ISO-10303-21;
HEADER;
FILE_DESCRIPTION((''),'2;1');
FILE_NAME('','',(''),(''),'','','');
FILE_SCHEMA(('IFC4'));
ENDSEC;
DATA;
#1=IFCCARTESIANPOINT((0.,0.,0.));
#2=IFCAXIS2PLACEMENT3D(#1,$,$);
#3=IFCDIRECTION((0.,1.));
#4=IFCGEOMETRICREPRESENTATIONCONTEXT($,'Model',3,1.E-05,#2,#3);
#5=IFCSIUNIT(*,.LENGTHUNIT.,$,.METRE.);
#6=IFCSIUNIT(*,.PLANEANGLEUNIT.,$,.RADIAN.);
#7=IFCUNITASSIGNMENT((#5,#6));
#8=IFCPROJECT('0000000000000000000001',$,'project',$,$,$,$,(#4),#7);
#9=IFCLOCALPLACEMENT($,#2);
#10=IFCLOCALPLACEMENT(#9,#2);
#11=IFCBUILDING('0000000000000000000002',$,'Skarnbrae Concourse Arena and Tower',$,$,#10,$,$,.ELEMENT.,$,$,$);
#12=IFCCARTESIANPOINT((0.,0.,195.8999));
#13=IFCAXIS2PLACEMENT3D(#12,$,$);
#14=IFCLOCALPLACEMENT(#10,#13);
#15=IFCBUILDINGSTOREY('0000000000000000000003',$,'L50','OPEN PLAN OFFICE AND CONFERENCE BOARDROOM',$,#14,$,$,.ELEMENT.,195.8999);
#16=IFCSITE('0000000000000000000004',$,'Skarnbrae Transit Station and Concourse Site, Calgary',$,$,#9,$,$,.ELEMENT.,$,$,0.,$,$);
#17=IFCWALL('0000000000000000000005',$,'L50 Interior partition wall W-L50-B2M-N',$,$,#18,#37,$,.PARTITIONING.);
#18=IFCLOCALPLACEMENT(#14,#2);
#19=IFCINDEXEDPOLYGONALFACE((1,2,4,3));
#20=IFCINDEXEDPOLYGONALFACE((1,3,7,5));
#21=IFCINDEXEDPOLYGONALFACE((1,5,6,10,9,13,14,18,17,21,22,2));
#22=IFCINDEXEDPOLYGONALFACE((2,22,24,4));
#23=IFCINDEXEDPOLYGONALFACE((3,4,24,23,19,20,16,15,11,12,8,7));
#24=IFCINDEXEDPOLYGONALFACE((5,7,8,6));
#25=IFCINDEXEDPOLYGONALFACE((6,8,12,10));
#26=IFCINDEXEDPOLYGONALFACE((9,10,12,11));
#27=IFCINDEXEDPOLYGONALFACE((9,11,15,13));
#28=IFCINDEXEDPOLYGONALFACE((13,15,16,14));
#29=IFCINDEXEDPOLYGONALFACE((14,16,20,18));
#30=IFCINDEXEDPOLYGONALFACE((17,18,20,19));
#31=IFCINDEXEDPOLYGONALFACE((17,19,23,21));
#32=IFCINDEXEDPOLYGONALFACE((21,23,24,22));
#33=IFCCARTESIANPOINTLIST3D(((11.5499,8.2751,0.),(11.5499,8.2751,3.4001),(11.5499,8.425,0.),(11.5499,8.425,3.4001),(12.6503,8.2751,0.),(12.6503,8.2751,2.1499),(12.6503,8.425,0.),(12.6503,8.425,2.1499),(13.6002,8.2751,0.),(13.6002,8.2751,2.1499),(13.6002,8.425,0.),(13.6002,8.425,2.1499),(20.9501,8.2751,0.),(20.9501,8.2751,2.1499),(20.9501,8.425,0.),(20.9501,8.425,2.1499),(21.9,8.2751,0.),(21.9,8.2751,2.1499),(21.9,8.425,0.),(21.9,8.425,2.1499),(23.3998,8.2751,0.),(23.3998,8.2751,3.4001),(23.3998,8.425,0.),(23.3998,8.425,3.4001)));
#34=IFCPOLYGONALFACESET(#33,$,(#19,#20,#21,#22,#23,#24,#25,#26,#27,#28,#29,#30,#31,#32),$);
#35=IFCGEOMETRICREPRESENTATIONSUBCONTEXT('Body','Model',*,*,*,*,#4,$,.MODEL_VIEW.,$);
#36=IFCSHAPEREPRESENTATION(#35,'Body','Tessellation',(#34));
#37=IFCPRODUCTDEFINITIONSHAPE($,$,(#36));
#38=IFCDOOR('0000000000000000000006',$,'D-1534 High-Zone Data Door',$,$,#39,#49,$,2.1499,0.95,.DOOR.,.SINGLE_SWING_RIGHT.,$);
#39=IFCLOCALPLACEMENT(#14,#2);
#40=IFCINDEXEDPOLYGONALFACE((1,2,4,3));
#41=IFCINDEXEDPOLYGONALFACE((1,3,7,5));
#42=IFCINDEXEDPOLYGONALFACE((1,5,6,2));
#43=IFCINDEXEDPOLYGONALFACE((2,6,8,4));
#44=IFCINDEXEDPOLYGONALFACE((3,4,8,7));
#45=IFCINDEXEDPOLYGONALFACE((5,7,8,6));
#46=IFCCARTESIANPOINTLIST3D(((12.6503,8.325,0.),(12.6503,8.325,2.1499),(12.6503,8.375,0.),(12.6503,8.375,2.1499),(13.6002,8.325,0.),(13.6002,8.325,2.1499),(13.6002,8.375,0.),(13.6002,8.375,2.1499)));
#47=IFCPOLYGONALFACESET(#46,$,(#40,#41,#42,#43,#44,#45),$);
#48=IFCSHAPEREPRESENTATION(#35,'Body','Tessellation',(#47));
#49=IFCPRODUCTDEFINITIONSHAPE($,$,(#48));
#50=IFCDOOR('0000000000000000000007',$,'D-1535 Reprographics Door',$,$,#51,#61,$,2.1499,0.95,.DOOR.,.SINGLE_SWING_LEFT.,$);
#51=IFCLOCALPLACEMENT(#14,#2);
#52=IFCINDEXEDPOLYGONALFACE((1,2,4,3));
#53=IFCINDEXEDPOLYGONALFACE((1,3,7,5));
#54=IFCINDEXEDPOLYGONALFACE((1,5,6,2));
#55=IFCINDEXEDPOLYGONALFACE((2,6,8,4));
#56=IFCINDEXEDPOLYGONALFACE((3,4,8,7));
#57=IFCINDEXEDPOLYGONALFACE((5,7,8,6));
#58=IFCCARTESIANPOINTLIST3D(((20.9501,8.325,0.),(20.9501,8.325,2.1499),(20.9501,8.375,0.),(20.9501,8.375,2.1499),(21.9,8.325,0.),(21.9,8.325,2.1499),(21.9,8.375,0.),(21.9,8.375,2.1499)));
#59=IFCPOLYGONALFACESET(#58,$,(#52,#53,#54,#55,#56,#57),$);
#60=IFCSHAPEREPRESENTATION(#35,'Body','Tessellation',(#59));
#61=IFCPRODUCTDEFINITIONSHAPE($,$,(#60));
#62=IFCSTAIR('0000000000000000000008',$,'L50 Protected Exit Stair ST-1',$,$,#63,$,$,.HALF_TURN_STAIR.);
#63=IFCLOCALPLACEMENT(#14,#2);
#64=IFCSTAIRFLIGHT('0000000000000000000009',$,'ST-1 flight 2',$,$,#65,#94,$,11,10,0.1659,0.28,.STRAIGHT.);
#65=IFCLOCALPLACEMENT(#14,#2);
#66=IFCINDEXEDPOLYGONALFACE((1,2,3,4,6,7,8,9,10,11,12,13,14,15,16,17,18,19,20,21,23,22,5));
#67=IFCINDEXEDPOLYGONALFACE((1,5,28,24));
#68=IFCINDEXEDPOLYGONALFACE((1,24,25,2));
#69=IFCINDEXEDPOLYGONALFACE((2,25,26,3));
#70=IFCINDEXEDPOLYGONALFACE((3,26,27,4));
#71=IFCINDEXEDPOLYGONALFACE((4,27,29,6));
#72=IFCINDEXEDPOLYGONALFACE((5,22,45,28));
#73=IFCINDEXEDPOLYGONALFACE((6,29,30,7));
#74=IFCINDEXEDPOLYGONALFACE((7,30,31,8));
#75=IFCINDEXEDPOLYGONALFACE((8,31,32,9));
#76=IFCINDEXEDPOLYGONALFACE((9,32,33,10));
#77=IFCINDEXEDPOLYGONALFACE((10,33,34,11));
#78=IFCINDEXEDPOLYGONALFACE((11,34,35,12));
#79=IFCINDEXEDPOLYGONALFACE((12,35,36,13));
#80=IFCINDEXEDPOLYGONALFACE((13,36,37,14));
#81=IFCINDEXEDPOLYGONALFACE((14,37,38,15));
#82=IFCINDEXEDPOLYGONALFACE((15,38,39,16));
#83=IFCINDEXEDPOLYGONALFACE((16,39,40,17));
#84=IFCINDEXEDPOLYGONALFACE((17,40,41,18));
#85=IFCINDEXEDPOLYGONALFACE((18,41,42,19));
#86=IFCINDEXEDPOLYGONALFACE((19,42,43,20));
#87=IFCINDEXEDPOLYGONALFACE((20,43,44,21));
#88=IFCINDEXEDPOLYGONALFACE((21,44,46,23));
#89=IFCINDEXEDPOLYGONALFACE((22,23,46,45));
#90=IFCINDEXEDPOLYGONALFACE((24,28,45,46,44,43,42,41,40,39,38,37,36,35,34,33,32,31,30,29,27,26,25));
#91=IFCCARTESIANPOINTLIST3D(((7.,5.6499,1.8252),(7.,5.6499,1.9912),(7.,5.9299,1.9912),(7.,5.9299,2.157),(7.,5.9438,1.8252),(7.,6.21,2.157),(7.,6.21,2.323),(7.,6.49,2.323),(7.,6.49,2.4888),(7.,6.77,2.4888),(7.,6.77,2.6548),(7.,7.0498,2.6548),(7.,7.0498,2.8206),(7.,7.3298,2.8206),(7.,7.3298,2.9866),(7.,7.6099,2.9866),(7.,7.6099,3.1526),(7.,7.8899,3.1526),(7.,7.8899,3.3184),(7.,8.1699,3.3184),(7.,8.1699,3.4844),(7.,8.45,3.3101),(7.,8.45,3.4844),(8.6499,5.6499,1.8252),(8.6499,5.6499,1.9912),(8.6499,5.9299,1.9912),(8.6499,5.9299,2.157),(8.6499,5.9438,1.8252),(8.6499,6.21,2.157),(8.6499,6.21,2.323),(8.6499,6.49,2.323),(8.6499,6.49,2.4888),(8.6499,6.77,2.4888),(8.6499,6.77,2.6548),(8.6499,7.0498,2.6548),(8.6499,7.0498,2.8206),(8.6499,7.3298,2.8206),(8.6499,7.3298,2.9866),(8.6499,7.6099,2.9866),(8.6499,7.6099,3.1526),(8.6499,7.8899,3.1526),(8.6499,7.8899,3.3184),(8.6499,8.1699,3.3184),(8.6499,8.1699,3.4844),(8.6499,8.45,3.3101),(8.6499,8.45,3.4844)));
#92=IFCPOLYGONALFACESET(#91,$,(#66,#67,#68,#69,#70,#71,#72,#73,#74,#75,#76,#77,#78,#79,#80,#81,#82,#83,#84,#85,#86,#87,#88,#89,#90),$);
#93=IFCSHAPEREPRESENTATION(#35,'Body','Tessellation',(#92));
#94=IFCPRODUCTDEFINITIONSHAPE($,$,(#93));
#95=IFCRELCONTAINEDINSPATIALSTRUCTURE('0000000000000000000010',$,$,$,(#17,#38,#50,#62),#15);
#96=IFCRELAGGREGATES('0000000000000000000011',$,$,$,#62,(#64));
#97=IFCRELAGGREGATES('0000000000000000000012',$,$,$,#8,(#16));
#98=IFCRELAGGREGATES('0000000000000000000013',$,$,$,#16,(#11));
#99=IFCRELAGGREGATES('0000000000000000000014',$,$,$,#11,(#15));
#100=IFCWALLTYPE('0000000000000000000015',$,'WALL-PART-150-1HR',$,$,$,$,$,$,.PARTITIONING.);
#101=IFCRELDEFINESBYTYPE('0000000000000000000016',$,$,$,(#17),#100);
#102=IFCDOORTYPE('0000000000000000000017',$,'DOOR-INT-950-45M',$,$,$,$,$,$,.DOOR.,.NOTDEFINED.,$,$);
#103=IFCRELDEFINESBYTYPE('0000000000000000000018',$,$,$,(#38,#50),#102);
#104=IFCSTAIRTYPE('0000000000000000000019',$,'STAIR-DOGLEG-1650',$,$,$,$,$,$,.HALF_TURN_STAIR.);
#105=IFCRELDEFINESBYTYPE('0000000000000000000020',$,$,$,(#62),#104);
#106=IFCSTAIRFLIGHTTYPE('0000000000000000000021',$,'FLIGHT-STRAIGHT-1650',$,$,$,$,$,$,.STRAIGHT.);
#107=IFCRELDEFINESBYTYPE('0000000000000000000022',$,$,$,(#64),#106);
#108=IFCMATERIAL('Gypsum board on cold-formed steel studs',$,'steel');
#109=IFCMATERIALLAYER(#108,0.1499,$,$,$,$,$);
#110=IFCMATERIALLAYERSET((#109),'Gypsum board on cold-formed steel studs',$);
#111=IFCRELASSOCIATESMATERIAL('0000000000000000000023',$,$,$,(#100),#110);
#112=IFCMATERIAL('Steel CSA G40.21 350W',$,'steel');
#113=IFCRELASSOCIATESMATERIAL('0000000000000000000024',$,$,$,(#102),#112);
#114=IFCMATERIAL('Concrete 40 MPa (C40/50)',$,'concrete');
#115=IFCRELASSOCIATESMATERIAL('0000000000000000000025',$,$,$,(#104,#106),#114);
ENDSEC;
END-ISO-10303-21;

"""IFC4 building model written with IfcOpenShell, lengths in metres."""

from ifc_helpers import new_model, si_unit, direction, frame, frame_2d, origin, place, context, subcontext, project, spatial, polyline, rectangle, outline, extrude, source, transform, mapped, material, layer, layer_set, type_object, element, fill, aggregate, save


model = new_model("IFC4")

# Units and contexts
model_context = context("Model", 3, precision=1e-05, world=origin(), true_north=direction((0.0, 1.0)))
body_context = subcontext(model_context, "Body", "Model", "MODEL_VIEW")
ifc_project = project(units=[si_unit("LENGTHUNIT", "METRE"), si_unit("PLANEANGLEUNIT", "RADIAN")], contexts=[model_context])

# Site, building, storey
site_placement = place(None, origin())
site = spatial("IfcSite", under=ifc_project, at=site_placement, Name="Skarnbrae Transit Station and Concourse Site, Calgary", CompositionType="ELEMENT", RefElevation=0.0)
building_placement = place(site_placement, origin())
building = spatial("IfcBuilding", under=site, at=building_placement, Name="Skarnbrae Concourse Arena and Tower", CompositionType="ELEMENT")
storey_placement = place(building_placement, frame((0.0, 0.0, 195.8999)))
storey = spatial("IfcBuildingStorey", under=building, at=storey_placement, Name="L50", Description="OPEN PLAN OFFICE AND CONFERENCE BOARDROOM", CompositionType="ELEMENT", Elevation=195.8999)

# Shared definitions
ifc_material_1 = material(Name="Gypsum board on cold-formed steel studs", Category="steel")

# Shared definitions
ifc_material_2 = material(Name="Steel CSA G40.21 350W", Category="steel")

# Shared definitions
ifc_layer_1 = layer(ifc_material_1, 0.1499)
ifc_layer_set_1 = layer_set([ifc_layer_1], Name="Gypsum board on cold-formed steel studs")
wall_type_1 = type_object("IfcWallType", Name="WALL-PART-150-1HR", PredefinedType="PARTITIONING", material=ifc_layer_set_1)

# Shared definitions
door_type_1 = type_object("IfcDoorType", Name="DOOR-INT-950-45M", OperationType="NOTDEFINED", PredefinedType="DOOR", material=ifc_material_2)
shared_shape_1 = source(origin(), body_context, "Body", "SweptSolid", [
    extrude(rectangle(XDim=0.95, YDim=2.1499, at=frame_2d((0.4751, 1.075))), frame((0.0, 0.0249, 0.0), z_axis=(0.0, -1.0, 0.0), x_axis=(1.0, 0.0, 0.0)), (0.0, 0.0, 1.0), 0.05),
])

# Shared definitions
shared_shape_2 = source(origin(), body_context, "Body", "SweptSolid", [
    extrude(rectangle(XDim=11.8499, YDim=0.1499, at=frame_2d((5.9248, 0.0))), origin(), (0.0, 0.0, 1.0), 3.4001),
])

# Wall, openings, doors
wall_1_placement = place(storey_placement, frame((11.55, 8.3501, 0.0), z_axis=(0.0, 0.0, 1.0), x_axis=(1.0, 0.0, 0.0)))
wall_1 = element("IfcWall", 1, at=wall_1_placement, inside=storey, type_object=wall_type_1, Name="L50 Interior partition wall W-L50-B2M-N", PredefinedType="PARTITIONING", context=body_context, shape_type="MappedRepresentation", body=[
    mapped(shared_shape_2, transform((0.0, 0.0, 0.0))),
])
opening_1_placement = place(wall_1_placement, frame((1.1001, 0.0, 0.0)))
opening_1 = element("IfcOpeningElement", 2, at=opening_1_placement, cuts=wall_1, PredefinedType="OPENING", context=body_context, shape_type="SweptSolid", body=[
    extrude(rectangle(XDim=0.95, YDim=2.1499, at=frame_2d((0.4751, 1.075))), frame((0.0, 0.085, 0.0), z_axis=(0.0, -1.0, 0.0), x_axis=(1.0, 0.0, 0.0)), (0.0, 0.0, 1.0), 0.1699),
])
opening_2_placement = place(wall_1_placement, frame((9.3999, 0.0, 0.0)))
opening_2 = element("IfcOpeningElement", 3, at=opening_2_placement, cuts=wall_1, PredefinedType="OPENING", context=body_context, shape_type="SweptSolid", body=[
    extrude(rectangle(XDim=0.95, YDim=2.1499, at=frame_2d((0.4751, 1.075))), frame((0.0, 0.085, 0.0), z_axis=(0.0, -1.0, 0.0), x_axis=(1.0, 0.0, 0.0)), (0.0, 0.0, 1.0), 0.1699),
])
door_1_placement = place(opening_1_placement, origin())
door_1 = element("IfcDoor", 4, at=door_1_placement, inside=storey, type_object=door_type_1, Name="D-1534 High-Zone Data Door", OperationType="SINGLE_SWING_RIGHT", OverallHeight=2.1499, OverallWidth=0.95, PredefinedType="DOOR", context=body_context, shape_type="MappedRepresentation", body=[
    mapped(shared_shape_1, transform((0.0, 0.0, 0.0))),
])
fill(opening_1, door_1)
door_2_placement = place(opening_2_placement, origin())
door_2 = element("IfcDoor", 5, at=door_2_placement, inside=storey, type_object=door_type_1, Name="D-1535 Reprographics Door", OperationType="SINGLE_SWING_LEFT", OverallHeight=2.1499, OverallWidth=0.95, PredefinedType="DOOR", context=body_context, shape_type="MappedRepresentation", body=[
    mapped(shared_shape_1, transform((0.0, 0.0, 0.0))),
])
fill(opening_2, door_2)

# Stair, stair flight
ifc_material_3 = material(Name="Concrete 40 MPa (C40/50)", Category="concrete")
stair_type = type_object("IfcStairType", Name="STAIR-DOGLEG-1650", PredefinedType="HALF_TURN_STAIR", material=ifc_material_3)
stair_placement = place(storey_placement, origin())
stair = element("IfcStair", 6, at=stair_placement, inside=storey, type_object=stair_type, Name="L50 Protected Exit Stair ST-1", PredefinedType="HALF_TURN_STAIR")
stair_flight_type = type_object("IfcStairFlightType", Name="FLIGHT-STRAIGHT-1650", PredefinedType="STRAIGHT", material=ifc_material_3)
shared_shape_3 = source(origin(), body_context, "Body", "SweptSolid", [
    extrude(outline(polyline([(0.0, 0.0), (0.0, 0.166), (0.28, 0.166), (0.28, 0.3318), (0.5601, 0.3318), (0.5601, 0.4978), (0.8401, 0.4978), (0.8401, 0.6636), (1.1201, 0.6636), (1.1201, 0.8296), (1.3999, 0.8296), (1.3999, 0.9954), (1.6799, 0.9954), (1.6799, 1.1614), (1.96, 1.1614), (1.96, 1.3274), (2.24, 1.3274), (2.24, 1.4932), (2.52, 1.4932), (2.52, 1.6592), (2.8, 1.6592), (2.8, 1.825), (2.8, 1.4849), (0.2939, 0.0), (0.0, 0.0)])), frame((0.0, 0.825, 0.0), z_axis=(0.0, -1.0, 0.0), x_axis=(1.0, 0.0, 0.0)), (0.0, 0.0, 1.0), 1.6499),
])
stair_flight_placement = place(storey_placement, frame((7.825, 5.6499, 1.8252), z_axis=(0.0, 0.0, 1.0), x_axis=(0.0, 1.0, 0.0)))
stair_flight = element("IfcStairFlight", 7, at=stair_flight_placement, type_object=stair_flight_type, Name="ST-1 flight 2", NumberOfRisers=11, NumberOfTreads=10, PredefinedType="STRAIGHT", RiserHeight=0.1659, TreadLength=0.28, context=body_context, shape_type="MappedRepresentation", body=[
    mapped(shared_shape_3, transform((0.0, 0.0, 0.0))),
])
aggregate(stair, [stair_flight])

save(model, "model.ifc")
